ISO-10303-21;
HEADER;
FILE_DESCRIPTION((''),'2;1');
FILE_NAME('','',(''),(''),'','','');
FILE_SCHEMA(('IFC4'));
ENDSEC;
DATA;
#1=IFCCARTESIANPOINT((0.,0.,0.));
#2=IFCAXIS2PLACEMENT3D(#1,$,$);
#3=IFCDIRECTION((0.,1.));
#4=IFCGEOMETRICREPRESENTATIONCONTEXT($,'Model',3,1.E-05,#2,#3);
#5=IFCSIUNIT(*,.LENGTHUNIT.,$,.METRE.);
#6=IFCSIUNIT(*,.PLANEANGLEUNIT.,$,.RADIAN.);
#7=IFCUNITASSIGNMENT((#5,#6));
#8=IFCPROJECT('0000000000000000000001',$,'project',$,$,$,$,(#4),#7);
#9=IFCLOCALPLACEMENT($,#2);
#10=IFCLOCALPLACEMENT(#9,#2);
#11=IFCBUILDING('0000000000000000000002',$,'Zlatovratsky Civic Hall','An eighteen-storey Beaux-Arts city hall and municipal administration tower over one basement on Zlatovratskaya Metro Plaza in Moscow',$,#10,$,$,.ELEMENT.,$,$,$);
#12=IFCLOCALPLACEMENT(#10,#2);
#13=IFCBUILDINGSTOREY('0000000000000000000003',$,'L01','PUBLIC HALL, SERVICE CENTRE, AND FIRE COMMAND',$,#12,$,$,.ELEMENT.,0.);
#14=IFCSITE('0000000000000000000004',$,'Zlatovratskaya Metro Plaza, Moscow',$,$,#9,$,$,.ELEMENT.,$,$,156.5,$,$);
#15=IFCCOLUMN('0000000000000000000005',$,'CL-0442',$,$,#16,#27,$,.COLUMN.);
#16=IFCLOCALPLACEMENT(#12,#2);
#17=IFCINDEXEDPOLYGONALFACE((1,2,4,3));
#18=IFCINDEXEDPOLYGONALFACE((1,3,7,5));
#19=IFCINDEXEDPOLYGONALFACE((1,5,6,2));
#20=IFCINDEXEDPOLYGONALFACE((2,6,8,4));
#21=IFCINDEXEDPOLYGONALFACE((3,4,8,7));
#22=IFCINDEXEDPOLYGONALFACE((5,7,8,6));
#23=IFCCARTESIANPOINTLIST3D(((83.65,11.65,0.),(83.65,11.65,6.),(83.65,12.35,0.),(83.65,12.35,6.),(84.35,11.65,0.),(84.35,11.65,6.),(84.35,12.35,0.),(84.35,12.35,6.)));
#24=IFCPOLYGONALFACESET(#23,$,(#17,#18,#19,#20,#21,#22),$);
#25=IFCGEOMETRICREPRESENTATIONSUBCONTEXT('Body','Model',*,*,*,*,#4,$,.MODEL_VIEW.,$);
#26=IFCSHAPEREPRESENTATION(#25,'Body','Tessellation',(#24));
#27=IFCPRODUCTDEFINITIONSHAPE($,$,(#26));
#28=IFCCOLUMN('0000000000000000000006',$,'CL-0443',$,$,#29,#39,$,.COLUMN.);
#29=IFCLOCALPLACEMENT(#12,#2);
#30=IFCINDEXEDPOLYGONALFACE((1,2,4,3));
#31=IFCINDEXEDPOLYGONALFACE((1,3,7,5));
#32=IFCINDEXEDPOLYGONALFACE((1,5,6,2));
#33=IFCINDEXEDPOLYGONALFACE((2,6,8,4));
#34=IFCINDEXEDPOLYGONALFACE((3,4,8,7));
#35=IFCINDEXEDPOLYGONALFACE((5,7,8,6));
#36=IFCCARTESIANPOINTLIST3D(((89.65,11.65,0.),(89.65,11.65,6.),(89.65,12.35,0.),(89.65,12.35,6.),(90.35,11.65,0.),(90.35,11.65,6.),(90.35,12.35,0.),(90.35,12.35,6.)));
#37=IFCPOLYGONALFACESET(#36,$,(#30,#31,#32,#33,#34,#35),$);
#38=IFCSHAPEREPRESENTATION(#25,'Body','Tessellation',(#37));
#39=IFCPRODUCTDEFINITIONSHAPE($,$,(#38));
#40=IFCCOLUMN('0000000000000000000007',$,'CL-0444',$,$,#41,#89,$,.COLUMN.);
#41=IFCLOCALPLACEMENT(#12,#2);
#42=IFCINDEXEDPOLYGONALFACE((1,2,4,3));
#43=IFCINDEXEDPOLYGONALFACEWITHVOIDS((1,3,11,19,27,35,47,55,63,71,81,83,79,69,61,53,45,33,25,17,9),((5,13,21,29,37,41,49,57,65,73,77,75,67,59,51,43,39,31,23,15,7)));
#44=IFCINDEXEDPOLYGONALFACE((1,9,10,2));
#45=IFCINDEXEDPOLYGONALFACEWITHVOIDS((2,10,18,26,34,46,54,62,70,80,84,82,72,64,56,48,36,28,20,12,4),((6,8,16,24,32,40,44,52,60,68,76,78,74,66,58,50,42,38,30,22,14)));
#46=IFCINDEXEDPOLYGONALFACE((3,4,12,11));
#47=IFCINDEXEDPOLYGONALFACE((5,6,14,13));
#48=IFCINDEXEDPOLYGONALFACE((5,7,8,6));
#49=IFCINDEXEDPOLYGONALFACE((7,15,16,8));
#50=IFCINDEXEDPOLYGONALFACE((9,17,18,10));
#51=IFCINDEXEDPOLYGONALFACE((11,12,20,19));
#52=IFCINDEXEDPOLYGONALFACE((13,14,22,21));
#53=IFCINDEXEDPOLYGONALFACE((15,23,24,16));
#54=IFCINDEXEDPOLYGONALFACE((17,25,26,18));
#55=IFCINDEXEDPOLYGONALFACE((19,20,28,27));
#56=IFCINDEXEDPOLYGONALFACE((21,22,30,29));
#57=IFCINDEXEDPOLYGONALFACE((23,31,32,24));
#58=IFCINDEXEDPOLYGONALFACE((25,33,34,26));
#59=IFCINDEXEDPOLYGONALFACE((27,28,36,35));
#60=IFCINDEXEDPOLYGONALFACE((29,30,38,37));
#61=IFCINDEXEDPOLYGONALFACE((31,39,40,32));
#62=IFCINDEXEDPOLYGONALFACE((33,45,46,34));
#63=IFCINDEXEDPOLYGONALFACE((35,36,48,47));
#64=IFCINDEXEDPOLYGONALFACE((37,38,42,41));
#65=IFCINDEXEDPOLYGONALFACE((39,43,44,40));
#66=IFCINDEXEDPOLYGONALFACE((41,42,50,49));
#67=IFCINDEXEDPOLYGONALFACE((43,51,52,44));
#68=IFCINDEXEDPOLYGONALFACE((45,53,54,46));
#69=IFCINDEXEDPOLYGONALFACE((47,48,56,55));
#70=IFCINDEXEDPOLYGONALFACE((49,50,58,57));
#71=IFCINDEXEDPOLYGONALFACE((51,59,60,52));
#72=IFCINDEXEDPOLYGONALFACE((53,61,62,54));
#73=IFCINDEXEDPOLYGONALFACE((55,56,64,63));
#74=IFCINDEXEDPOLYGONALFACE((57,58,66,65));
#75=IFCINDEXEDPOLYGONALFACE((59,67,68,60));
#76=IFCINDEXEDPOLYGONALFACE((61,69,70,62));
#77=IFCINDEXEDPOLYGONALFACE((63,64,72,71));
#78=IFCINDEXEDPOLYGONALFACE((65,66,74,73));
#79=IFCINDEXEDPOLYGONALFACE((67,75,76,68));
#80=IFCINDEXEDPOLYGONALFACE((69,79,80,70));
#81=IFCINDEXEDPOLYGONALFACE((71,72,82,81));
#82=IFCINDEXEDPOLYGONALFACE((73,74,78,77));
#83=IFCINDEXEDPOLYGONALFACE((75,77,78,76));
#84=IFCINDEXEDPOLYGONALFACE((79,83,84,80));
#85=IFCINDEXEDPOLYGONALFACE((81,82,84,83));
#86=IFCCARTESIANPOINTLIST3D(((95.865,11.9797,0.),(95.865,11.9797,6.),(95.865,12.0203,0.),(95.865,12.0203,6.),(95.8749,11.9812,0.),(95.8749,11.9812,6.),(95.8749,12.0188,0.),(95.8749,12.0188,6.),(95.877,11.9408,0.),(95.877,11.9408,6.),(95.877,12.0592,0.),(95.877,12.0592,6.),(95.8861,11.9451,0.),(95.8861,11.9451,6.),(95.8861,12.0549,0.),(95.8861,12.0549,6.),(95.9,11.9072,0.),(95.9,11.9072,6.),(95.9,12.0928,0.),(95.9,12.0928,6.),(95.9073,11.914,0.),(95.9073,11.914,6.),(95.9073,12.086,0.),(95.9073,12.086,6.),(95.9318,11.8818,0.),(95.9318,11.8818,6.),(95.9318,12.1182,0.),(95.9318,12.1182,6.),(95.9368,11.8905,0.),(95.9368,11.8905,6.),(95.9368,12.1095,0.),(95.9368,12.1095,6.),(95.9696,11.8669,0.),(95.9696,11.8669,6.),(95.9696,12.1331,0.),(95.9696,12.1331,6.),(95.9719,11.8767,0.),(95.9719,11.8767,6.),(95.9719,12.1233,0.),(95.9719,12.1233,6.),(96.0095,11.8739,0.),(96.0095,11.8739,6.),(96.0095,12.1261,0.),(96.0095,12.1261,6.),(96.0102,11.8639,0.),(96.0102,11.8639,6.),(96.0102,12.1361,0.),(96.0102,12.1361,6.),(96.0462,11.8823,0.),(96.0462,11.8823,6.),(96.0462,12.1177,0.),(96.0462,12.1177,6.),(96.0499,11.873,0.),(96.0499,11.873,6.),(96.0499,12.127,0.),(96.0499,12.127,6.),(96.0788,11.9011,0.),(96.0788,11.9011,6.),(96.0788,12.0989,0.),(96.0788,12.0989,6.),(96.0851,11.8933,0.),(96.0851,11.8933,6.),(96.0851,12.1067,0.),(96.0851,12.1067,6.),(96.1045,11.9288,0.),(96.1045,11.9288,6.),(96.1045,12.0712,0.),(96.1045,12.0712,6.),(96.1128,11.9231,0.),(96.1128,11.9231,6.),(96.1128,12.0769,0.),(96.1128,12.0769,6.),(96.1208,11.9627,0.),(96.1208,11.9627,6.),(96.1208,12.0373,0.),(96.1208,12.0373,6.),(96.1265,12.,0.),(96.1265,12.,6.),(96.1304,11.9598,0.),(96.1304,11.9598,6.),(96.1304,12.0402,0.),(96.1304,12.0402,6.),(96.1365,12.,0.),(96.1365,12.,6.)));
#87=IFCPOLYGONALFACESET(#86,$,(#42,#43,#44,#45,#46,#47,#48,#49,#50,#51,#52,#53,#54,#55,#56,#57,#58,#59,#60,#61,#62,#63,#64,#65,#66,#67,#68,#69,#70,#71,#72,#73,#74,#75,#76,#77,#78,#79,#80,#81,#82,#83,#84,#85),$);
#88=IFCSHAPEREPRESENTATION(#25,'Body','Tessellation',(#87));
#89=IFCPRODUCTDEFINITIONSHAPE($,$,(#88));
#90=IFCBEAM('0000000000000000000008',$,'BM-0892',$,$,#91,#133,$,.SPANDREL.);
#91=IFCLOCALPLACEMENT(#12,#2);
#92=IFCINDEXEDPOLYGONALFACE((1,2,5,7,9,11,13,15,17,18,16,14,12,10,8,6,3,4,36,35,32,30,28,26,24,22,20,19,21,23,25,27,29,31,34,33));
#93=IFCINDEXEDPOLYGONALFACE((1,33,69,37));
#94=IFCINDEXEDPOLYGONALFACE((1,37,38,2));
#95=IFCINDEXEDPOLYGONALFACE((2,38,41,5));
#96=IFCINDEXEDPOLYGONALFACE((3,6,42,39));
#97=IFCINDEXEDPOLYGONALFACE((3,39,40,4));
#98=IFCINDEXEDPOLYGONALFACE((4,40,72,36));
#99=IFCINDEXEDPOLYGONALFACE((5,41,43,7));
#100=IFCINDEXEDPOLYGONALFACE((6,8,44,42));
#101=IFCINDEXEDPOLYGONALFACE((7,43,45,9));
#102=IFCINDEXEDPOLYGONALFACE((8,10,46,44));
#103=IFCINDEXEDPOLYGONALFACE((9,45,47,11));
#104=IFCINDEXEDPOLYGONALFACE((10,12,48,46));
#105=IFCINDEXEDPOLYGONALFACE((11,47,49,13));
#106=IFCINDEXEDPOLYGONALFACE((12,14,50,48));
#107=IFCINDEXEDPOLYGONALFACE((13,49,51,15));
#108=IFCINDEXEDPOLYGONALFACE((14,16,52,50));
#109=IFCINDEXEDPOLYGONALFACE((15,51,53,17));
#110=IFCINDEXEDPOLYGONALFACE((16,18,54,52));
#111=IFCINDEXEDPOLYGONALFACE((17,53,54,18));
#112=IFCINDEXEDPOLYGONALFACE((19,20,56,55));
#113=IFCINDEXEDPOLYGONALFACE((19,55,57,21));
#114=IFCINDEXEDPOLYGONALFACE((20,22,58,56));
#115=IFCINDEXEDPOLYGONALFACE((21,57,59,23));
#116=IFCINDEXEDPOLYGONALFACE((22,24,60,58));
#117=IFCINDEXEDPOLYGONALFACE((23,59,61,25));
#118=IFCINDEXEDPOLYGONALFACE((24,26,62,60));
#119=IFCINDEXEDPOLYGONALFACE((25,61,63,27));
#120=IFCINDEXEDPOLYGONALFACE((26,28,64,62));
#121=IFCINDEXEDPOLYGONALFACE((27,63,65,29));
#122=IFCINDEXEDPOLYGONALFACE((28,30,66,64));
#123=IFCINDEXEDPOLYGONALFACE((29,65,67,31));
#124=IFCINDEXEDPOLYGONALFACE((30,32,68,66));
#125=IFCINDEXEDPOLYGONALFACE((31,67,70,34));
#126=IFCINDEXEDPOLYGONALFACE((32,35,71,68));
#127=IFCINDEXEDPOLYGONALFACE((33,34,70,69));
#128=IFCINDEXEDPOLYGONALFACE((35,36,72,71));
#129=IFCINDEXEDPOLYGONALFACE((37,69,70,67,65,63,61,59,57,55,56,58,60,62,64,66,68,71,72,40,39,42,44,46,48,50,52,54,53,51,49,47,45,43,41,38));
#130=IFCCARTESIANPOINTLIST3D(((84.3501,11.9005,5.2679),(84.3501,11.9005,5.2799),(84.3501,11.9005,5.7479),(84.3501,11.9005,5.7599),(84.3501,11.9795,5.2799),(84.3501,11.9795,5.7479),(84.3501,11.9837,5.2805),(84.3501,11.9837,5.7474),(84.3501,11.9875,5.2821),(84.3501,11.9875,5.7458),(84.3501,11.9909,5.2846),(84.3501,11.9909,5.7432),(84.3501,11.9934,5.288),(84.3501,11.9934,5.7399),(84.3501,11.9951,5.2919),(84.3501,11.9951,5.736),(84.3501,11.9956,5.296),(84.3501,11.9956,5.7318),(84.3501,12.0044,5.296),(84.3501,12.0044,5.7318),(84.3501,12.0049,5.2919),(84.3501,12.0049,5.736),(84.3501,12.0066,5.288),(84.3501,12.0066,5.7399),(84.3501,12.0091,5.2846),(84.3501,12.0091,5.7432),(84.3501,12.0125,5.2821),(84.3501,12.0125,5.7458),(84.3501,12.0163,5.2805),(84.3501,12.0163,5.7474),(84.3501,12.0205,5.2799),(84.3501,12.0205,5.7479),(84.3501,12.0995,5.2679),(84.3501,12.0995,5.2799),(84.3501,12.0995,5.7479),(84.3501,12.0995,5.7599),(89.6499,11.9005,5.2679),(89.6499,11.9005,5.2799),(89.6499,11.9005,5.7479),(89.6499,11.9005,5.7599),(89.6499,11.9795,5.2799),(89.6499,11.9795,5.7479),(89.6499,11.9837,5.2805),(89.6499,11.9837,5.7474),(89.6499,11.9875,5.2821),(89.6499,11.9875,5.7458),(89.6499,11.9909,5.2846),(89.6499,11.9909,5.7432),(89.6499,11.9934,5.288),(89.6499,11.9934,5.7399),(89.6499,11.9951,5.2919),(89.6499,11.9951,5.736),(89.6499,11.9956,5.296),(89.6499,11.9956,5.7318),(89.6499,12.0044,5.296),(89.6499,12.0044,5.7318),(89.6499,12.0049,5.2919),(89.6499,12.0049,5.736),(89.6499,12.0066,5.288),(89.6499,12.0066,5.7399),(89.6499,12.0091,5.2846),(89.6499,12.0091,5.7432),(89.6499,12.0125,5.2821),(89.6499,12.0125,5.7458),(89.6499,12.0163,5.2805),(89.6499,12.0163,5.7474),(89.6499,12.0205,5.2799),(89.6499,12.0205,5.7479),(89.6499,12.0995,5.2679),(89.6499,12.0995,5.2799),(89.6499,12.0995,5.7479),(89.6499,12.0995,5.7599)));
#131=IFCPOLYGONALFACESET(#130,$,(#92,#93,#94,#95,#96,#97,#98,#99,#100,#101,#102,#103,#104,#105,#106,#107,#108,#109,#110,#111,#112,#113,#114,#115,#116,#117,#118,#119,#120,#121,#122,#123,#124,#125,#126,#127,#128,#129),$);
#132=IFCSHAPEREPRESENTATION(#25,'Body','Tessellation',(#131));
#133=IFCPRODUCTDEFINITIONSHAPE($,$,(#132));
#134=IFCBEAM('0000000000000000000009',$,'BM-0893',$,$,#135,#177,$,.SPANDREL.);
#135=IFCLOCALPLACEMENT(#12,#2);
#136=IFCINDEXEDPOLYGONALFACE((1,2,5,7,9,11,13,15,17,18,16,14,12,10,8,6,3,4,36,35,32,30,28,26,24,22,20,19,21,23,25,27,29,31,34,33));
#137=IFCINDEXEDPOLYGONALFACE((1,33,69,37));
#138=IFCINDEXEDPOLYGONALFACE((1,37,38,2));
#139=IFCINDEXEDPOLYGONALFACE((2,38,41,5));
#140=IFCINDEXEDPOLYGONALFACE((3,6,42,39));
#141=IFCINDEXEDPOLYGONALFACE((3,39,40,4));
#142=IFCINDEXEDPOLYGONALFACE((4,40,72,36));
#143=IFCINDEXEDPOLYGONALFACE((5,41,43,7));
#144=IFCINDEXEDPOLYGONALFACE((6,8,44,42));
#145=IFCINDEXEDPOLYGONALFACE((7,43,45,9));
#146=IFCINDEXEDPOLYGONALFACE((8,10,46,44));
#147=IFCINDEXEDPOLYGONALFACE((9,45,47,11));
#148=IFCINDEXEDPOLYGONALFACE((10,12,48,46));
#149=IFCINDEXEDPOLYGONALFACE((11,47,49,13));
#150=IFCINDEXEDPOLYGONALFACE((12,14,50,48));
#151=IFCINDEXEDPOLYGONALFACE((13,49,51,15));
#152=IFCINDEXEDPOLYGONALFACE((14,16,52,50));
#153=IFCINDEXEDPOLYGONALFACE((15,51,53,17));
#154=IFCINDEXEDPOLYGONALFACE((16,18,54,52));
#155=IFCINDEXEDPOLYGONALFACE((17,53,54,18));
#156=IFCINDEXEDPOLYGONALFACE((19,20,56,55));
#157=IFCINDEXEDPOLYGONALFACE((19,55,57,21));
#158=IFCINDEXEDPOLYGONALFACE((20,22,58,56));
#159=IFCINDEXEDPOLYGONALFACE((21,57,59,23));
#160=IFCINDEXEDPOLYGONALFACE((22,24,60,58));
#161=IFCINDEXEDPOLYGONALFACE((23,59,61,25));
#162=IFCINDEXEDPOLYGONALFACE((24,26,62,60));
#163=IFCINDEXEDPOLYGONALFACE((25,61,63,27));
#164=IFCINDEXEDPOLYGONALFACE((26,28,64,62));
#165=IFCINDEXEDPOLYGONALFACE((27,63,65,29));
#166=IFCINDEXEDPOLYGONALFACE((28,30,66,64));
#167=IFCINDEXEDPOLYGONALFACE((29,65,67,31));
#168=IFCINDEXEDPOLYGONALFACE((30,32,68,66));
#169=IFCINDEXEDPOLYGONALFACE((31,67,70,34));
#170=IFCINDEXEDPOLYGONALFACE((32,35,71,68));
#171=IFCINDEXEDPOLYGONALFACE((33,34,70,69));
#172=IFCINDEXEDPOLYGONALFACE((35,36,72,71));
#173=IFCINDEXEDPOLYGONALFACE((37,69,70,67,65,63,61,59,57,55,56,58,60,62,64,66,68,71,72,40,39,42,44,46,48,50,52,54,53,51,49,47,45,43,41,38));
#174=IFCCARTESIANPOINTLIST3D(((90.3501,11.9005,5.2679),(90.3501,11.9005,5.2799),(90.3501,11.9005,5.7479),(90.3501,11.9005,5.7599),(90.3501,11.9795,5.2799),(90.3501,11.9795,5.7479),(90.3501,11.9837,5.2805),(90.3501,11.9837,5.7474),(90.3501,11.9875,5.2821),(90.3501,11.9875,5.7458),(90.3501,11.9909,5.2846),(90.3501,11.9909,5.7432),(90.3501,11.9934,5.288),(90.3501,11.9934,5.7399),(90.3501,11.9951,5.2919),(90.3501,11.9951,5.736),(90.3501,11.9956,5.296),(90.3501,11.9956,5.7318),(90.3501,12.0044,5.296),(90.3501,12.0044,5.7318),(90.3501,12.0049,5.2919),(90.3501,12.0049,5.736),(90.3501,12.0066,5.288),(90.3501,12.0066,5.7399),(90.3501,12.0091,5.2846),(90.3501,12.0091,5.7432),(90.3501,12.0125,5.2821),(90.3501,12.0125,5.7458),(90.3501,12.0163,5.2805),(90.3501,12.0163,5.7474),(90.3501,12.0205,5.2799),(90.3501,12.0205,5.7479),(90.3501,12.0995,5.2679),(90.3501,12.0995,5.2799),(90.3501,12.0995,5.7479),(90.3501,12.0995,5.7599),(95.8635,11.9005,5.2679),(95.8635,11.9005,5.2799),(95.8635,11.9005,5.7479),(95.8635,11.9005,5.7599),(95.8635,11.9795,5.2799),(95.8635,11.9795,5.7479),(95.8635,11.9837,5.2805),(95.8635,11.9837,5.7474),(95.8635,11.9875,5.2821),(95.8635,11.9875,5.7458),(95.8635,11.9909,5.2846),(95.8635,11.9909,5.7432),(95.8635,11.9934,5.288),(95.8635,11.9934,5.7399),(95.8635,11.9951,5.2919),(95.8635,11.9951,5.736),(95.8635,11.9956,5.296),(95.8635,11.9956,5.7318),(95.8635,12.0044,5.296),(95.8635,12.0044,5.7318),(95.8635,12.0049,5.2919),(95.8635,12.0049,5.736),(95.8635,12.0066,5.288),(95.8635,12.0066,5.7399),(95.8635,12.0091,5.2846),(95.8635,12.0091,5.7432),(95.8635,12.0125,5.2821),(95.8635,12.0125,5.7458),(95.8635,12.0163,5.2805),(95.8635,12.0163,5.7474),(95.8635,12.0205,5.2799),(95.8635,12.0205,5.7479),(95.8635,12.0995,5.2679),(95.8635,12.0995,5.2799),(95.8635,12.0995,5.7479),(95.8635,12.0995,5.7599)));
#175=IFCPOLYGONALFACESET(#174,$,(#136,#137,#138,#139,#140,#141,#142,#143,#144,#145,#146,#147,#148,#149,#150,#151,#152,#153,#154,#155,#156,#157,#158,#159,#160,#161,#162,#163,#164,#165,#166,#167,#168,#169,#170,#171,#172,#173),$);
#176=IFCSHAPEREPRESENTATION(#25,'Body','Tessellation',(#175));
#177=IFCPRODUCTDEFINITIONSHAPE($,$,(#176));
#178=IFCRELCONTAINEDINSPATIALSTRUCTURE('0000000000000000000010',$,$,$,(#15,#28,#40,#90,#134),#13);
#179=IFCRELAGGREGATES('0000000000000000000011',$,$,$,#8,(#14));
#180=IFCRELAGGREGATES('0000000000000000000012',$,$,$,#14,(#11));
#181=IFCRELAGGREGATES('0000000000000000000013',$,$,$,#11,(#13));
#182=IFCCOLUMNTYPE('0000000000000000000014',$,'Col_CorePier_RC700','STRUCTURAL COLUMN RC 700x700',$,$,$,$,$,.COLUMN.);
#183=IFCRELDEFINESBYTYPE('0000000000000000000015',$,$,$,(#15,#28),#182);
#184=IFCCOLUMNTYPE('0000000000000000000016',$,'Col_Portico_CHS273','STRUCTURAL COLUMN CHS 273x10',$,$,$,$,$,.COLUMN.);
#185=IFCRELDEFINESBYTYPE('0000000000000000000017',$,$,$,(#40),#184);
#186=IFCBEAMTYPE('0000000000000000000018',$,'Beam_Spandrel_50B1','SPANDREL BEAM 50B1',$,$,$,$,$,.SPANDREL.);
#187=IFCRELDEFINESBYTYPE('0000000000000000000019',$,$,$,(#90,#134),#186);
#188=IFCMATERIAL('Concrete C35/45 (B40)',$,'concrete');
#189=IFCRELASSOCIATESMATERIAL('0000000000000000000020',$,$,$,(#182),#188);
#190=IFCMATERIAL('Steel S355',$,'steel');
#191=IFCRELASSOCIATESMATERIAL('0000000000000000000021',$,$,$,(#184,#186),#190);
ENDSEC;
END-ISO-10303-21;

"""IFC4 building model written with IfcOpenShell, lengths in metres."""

from ifc_helpers import new_model, si_unit, direction, frame, origin, origin_2d, place, context, subcontext, project, spatial, rectangle, hollow_circle, i_section, extrude, material, material_profile, profile_set, type_object, element, save


model = new_model("IFC4")

# Units and contexts
model_context = context("Model", 3, precision=1e-05, world=origin(), true_north=direction((0.0, 1.0)))
body_context = subcontext(model_context, "Body", "Model", "MODEL_VIEW")
ifc_project = project(units=[si_unit("LENGTHUNIT", "METRE"), si_unit("PLANEANGLEUNIT", "RADIAN")], contexts=[model_context])

# Site, building, storey
site_placement = place(None, origin())
site = spatial("IfcSite", under=ifc_project, at=site_placement, Name="Zlatovratskaya Metro Plaza, Moscow", CompositionType="ELEMENT", RefElevation=156.5)
building_placement = place(site_placement, origin())
building = spatial("IfcBuilding", under=site, at=building_placement, Name="Zlatovratsky Civic Hall", Description="An eighteen-storey Beaux-Arts city hall and municipal administration tower over one basement on Zlatovratskaya Metro Plaza in Moscow", CompositionType="ELEMENT")
storey_placement = place(building_placement, origin())
storey = spatial("IfcBuildingStorey", under=building, at=storey_placement, Name="L01", Description="PUBLIC HALL, SERVICE CENTRE, AND FIRE COMMAND", CompositionType="ELEMENT", Elevation=0.0)

# Columns
ifc_material_1 = material(Name="Concrete C35/45 (B40)", Category="concrete")
ifc_material_profile_1 = material_profile(ifc_material_1, rectangle(XDim=0.7, YDim=0.7, at=origin_2d()), Name="RC 700x700")
ifc_profile_set_1 = profile_set([ifc_material_profile_1], Name="Concrete C35/45 (B40)")
column_type_1 = type_object("IfcColumnType", Name="Col_CorePier_RC700", Description="STRUCTURAL COLUMN RC 700x700", PredefinedType="COLUMN", material=ifc_profile_set_1)
for number, where, z_axis, x_axis, name in (
    (1, (84.0, 12.0, 0.0), (0.0, 0.0, 1.0), (1.0, 0.0, 0.0), "CL-0442"),
    (2, (90.0, 12.0, 0.0), (0.0, 0.0, 1.0), (1.0, 0.0, 0.0), "CL-0443"),
):
    element("IfcColumn", number, at=place(storey_placement, frame(where, z_axis=z_axis, x_axis=x_axis)), inside=storey, type_object=column_type_1, Name=name, PredefinedType="COLUMN", context=body_context, shape_type="SweptSolid", body=[
        extrude(rectangle(XDim=0.7, YDim=0.7, at=origin_2d()), origin(), (0.0, 0.0, 1.0), 6.0),
    ])
ifc_material_2 = material(Name="Steel S355", Category="steel")
ifc_material_profile_2 = material_profile(ifc_material_2, hollow_circle(Radius=0.1365, WallThickness=0.01, at=origin_2d()), Name="CHS 273x10")
ifc_profile_set_2 = profile_set([ifc_material_profile_2], Name="Steel S355")
column_type_2 = type_object("IfcColumnType", Name="Col_Portico_CHS273", Description="STRUCTURAL COLUMN CHS 273x10", PredefinedType="COLUMN", material=ifc_profile_set_2)
column_placement = place(storey_placement, frame((96.0, 12.0, 0.0), z_axis=(0.0, 0.0, 1.0), x_axis=(1.0, 0.0, 0.0)))
element("IfcColumn", 3, at=column_placement, inside=storey, type_object=column_type_2, Name="CL-0444", PredefinedType="COLUMN", context=body_context, shape_type="SweptSolid", body=[
    extrude(hollow_circle(Radius=0.1365, WallThickness=0.01, at=origin_2d()), origin(), (0.0, 0.0, 1.0), 6.0),
])

# Beams
ifc_material_profile_3 = material_profile(ifc_material_2, i_section(OverallWidth=0.199, OverallDepth=0.4919, WebThickness=0.0088, FlangeThickness=0.012, FilletRadius=0.0161, at=origin_2d()), Name="50B1")
ifc_profile_set_3 = profile_set([ifc_material_profile_3], Name="Steel S355")
beam_type_1 = type_object("IfcBeamType", Name="Beam_Spandrel_50B1", Description="SPANDREL BEAM 50B1", PredefinedType="SPANDREL", material=ifc_profile_set_3)
beam_1_placement = place(storey_placement, frame((84.3501, 12.0, 5.5139), z_axis=(1.0, 0.0, 0.0), x_axis=(0.0, 1.0, 0.0)))
element("IfcBeam", 4, at=beam_1_placement, inside=storey, type_object=beam_type_1, Name="BM-0892", PredefinedType="SPANDREL", context=body_context, shape_type="SweptSolid", body=[
    extrude(i_section(OverallWidth=0.199, OverallDepth=0.4919, WebThickness=0.0088, FlangeThickness=0.012, FilletRadius=0.0161, at=origin_2d()), origin(), (0.0, 0.0, 1.0), 5.2998),
])
beam_2_placement = place(storey_placement, frame((90.3501, 12.0, 5.5139), z_axis=(1.0, 0.0, 0.0), x_axis=(0.0, 1.0, 0.0)))
element("IfcBeam", 5, at=beam_2_placement, inside=storey, type_object=beam_type_1, Name="BM-0893", PredefinedType="SPANDREL", context=body_context, shape_type="SweptSolid", body=[
    extrude(i_section(OverallWidth=0.199, OverallDepth=0.4919, WebThickness=0.0088, FlangeThickness=0.012, FilletRadius=0.0161, at=origin_2d()), origin(), (0.0, 0.0, 1.0), 5.5134),
])

save(model, "model.ifc")
